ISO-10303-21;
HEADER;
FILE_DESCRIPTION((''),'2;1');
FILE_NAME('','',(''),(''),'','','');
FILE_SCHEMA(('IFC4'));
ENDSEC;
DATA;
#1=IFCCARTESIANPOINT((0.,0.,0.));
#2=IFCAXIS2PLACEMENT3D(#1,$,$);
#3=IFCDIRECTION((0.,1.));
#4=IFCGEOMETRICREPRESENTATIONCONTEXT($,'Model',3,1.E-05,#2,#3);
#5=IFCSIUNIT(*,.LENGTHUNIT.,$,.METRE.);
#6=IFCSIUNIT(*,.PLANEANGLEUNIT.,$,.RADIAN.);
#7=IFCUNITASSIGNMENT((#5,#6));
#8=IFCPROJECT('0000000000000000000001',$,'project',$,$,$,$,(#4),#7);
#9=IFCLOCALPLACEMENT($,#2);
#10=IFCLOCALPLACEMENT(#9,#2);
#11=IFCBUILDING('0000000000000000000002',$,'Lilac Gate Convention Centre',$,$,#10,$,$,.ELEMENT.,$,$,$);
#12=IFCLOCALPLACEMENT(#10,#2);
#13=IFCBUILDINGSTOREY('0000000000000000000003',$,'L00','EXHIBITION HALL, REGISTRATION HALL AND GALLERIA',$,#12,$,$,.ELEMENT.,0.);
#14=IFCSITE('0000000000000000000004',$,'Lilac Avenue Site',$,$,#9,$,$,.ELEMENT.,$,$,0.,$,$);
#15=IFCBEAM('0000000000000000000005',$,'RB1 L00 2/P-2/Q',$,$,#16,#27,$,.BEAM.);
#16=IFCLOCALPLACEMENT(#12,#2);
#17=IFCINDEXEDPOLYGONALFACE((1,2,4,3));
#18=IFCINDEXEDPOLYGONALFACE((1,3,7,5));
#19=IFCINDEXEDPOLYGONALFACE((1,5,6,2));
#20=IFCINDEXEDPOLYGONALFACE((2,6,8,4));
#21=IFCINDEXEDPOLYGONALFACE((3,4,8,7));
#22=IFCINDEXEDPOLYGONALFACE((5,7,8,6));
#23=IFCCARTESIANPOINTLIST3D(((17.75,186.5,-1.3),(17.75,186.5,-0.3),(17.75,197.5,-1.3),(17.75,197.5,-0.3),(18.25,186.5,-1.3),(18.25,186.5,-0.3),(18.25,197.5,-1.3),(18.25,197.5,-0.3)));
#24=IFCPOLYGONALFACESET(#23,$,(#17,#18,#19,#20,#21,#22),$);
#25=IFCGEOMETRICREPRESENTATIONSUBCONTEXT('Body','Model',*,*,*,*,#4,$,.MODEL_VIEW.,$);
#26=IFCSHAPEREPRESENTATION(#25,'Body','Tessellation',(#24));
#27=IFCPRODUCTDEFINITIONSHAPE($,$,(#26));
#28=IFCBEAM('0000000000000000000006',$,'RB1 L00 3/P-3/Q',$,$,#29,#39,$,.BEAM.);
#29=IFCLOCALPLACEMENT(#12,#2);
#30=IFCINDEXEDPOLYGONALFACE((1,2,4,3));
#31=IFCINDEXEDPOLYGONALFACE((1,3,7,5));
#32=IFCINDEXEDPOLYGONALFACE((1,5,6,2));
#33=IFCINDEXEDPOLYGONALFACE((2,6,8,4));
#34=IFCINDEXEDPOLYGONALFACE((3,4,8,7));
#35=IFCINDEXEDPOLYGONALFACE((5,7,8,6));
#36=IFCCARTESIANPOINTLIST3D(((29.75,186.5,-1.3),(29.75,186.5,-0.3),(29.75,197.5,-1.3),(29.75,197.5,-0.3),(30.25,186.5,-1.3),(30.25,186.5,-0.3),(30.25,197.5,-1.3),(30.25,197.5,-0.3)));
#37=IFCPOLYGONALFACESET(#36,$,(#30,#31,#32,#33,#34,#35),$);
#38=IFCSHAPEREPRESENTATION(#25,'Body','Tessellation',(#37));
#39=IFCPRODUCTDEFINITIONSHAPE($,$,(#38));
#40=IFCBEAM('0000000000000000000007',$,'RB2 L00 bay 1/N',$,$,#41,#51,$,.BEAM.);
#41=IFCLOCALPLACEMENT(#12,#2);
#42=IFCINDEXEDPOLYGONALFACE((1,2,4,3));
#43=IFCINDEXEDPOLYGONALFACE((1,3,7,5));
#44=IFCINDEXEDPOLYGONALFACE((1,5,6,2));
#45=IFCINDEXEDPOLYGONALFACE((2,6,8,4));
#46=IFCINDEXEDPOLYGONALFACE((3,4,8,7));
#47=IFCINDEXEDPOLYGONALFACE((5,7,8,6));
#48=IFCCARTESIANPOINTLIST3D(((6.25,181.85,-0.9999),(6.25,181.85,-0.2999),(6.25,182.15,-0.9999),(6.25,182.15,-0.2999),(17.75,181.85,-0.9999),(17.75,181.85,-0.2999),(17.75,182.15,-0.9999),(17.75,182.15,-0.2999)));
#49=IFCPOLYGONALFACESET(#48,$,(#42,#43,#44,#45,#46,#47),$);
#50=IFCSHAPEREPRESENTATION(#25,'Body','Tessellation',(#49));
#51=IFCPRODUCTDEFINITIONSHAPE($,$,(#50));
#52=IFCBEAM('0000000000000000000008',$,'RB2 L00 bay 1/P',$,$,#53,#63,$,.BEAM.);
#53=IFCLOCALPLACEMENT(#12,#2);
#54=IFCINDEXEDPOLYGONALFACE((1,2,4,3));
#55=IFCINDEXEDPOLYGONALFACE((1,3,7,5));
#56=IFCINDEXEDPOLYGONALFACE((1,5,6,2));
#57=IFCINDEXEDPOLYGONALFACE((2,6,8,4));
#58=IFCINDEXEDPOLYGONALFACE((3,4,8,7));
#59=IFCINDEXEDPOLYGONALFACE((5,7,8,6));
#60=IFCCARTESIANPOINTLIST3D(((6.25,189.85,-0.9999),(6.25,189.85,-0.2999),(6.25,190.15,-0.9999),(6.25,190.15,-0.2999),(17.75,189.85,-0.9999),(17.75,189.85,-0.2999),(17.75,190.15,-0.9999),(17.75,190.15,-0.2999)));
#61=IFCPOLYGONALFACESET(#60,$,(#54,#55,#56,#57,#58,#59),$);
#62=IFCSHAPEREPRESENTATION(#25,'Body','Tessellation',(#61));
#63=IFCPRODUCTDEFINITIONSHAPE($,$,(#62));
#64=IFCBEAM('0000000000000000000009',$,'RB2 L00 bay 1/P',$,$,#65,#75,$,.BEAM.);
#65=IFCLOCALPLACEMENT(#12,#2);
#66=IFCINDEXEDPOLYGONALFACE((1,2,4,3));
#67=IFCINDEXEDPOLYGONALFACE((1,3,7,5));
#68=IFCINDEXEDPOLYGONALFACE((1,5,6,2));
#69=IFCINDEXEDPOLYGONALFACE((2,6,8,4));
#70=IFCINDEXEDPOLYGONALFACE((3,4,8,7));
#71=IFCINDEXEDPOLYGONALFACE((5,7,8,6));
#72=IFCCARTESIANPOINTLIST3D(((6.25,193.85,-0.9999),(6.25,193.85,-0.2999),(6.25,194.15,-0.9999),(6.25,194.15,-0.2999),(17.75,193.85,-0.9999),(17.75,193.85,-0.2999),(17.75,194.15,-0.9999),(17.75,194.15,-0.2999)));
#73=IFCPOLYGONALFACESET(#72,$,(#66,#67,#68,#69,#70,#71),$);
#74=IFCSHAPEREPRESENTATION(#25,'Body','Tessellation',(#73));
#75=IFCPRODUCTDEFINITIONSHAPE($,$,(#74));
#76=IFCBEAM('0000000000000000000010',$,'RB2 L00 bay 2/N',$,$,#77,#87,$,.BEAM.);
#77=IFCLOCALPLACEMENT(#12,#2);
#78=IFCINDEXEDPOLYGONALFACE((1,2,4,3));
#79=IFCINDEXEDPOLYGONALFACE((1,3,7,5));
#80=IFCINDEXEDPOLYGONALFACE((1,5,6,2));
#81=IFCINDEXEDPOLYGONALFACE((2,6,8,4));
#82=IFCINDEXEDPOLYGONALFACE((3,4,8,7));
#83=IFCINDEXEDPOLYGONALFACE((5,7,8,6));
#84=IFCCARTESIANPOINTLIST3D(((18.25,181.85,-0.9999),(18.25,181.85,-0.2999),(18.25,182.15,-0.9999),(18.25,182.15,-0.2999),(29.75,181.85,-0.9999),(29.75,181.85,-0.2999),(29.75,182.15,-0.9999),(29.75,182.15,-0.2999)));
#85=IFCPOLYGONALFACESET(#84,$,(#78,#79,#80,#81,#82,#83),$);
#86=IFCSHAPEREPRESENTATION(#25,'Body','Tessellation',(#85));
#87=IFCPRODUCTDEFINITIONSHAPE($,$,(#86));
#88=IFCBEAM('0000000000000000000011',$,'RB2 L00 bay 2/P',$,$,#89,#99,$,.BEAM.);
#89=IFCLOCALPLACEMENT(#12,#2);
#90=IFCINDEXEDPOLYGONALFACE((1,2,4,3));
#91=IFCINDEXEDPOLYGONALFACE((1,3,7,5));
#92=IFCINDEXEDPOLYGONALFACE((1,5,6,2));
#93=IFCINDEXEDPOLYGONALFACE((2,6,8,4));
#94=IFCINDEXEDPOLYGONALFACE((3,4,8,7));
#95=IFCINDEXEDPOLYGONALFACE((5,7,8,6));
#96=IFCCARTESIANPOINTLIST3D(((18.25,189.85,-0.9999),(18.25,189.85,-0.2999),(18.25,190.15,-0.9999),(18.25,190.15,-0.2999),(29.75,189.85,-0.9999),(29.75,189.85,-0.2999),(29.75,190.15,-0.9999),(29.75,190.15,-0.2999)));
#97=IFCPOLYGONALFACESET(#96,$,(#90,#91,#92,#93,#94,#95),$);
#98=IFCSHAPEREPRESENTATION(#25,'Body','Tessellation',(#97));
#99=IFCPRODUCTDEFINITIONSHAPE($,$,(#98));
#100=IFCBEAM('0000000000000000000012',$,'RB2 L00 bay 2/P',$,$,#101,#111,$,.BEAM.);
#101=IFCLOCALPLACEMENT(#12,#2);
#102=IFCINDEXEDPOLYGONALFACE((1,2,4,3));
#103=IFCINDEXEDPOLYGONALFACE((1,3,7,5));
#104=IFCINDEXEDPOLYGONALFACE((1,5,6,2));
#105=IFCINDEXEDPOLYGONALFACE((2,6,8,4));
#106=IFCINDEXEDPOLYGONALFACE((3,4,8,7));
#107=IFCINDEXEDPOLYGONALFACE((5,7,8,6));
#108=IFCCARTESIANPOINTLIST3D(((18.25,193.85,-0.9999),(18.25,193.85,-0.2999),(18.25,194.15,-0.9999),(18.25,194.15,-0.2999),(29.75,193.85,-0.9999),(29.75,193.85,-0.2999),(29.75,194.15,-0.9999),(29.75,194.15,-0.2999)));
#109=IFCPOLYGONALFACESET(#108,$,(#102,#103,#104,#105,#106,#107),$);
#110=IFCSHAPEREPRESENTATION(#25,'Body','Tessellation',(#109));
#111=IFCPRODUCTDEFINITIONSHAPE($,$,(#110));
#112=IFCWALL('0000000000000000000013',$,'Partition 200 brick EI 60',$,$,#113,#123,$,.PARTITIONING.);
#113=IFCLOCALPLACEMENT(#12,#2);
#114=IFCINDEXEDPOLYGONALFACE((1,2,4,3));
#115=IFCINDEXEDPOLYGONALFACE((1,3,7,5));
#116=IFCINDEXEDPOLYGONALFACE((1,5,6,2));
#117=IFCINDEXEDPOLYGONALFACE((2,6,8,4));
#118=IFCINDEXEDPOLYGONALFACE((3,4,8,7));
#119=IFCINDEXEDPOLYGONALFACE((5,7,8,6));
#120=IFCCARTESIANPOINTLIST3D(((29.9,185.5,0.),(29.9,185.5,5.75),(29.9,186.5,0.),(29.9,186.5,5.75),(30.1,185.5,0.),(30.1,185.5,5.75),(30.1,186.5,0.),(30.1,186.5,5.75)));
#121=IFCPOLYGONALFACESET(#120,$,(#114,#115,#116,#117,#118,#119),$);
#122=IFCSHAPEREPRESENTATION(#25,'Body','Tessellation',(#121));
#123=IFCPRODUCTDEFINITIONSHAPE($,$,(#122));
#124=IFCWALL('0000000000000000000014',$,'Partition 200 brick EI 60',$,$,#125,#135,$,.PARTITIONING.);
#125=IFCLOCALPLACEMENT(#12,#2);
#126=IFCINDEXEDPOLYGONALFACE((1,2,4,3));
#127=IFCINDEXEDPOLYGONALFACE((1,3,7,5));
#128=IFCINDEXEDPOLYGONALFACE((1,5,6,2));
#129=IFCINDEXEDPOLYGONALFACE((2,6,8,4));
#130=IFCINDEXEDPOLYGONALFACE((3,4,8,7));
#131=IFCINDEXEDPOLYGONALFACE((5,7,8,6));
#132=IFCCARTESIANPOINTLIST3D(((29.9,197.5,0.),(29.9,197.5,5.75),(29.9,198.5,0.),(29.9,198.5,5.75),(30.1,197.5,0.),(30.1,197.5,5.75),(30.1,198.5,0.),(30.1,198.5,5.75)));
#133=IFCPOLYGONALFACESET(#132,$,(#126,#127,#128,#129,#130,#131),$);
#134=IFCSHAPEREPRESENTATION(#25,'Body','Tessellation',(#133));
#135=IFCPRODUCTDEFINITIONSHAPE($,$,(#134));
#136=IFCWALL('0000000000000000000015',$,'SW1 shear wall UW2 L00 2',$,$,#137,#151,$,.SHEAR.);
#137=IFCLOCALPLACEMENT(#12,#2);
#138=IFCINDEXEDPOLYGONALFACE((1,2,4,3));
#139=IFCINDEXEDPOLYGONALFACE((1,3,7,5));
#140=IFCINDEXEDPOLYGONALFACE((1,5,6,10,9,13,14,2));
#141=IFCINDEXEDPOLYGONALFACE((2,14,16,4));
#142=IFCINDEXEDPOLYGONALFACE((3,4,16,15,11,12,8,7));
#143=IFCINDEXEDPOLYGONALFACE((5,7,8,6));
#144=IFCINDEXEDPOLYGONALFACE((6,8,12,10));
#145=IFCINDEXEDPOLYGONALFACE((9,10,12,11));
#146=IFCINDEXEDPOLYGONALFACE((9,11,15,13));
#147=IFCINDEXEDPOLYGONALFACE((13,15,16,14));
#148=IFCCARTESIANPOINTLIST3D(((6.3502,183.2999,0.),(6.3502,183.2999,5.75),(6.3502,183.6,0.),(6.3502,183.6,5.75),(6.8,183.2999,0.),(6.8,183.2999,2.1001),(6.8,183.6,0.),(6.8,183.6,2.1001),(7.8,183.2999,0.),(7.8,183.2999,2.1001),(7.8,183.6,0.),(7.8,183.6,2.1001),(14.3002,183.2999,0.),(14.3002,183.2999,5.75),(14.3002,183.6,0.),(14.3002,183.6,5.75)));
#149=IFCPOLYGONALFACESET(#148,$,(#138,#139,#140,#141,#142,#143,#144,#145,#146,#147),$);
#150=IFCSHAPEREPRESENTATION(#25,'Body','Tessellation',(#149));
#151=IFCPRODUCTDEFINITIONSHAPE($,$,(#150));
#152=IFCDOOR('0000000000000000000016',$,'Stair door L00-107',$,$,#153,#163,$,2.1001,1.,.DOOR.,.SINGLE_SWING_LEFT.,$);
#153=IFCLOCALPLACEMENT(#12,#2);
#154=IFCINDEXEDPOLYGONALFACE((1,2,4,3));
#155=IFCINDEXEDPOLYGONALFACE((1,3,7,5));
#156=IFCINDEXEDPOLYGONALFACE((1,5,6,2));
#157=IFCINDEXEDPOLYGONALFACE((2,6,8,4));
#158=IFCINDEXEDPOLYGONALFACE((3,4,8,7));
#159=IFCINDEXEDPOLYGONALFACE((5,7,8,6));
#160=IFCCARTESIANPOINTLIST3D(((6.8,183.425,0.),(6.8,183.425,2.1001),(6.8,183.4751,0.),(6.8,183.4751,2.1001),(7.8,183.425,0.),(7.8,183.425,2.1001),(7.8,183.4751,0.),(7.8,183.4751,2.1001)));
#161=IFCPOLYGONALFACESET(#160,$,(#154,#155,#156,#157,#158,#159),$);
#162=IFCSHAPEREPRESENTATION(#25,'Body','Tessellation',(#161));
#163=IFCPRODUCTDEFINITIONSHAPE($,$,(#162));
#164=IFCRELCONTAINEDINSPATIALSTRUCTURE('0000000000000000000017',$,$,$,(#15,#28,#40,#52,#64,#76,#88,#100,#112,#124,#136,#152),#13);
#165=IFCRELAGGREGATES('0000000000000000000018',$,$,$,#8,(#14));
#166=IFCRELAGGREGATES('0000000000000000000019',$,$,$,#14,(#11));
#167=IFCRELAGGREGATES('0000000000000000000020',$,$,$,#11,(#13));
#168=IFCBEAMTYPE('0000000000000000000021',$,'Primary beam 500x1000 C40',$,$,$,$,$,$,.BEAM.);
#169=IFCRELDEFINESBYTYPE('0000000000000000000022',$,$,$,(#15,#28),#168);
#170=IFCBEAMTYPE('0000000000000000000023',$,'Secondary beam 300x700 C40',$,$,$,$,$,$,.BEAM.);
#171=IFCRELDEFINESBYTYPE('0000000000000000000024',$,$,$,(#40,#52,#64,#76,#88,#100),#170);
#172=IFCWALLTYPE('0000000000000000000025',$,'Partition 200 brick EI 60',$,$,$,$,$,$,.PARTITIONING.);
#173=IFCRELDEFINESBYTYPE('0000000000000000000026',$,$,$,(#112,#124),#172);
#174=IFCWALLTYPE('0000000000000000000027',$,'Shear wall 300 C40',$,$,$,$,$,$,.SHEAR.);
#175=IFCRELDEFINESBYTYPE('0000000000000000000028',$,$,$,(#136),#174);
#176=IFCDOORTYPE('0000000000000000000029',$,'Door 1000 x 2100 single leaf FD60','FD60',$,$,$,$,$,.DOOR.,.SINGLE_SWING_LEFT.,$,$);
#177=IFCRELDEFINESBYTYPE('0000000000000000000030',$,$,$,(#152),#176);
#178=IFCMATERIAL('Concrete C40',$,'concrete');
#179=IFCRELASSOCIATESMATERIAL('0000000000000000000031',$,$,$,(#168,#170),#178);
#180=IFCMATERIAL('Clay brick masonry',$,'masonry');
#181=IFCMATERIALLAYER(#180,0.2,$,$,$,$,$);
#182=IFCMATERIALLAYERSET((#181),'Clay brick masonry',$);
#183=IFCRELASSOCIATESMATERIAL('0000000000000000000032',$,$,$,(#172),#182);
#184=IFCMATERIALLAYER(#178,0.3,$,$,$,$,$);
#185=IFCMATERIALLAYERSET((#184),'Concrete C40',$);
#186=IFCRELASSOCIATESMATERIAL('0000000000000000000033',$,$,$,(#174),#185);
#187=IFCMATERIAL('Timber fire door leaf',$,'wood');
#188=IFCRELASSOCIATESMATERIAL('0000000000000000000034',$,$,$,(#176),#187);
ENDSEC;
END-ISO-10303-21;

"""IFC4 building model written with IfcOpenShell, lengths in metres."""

from ifc_helpers import new_model, si_unit, direction, frame, frame_2d, origin, origin_2d, place, context, subcontext, project, spatial, rectangle, extrude, material, layer, layer_set, material_profile, profile_set, type_object, element, fill, save


model = new_model("IFC4")

# Units and contexts
model_context = context("Model", 3, precision=1e-05, world=origin(), true_north=direction((0.0, 1.0)))
body_context = subcontext(model_context, "Body", "Model", "MODEL_VIEW")
ifc_project = project(units=[si_unit("LENGTHUNIT", "METRE"), si_unit("PLANEANGLEUNIT", "RADIAN")], contexts=[model_context])

# Site, building, storey
site_placement = place(None, origin())
site = spatial("IfcSite", under=ifc_project, at=site_placement, Name="Lilac Avenue Site", CompositionType="ELEMENT", RefElevation=0.0)
building_placement = place(site_placement, origin())
building = spatial("IfcBuilding", under=site, at=building_placement, Name="Lilac Gate Convention Centre", CompositionType="ELEMENT")
storey_placement = place(building_placement, origin())
storey = spatial("IfcBuildingStorey", under=building, at=storey_placement, Name="L00", Description="EXHIBITION HALL, REGISTRATION HALL AND GALLERIA", CompositionType="ELEMENT", Elevation=0.0)

# Shared definitions
ifc_material_1 = material(Name="Concrete C40", Category="concrete")

# Beams
ifc_material_profile_1 = material_profile(ifc_material_1, rectangle(XDim=0.5, YDim=1.0, at=origin_2d()), Name="RC 500x1000")
ifc_profile_set_1 = profile_set([ifc_material_profile_1], Name="Concrete C40")
beam_type_1 = type_object("IfcBeamType", Name="Primary beam 500x1000 C40", PredefinedType="BEAM", material=ifc_profile_set_1)
for number, where, z_axis, x_axis, name in (
    (1, (18.0, 186.5, -0.8), (0.0, 1.0, 0.0), (-1.0, 0.0, 0.0), "RB1 L00 2/P-2/Q"),
    (2, (30.0, 186.5, -0.8), (0.0, 1.0, 0.0), (-1.0, 0.0, 0.0), "RB1 L00 3/P-3/Q"),
):
    element("IfcBeam", number, at=place(storey_placement, frame(where, z_axis=z_axis, x_axis=x_axis)), inside=storey, type_object=beam_type_1, Name=name, PredefinedType="BEAM", context=body_context, shape_type="SweptSolid", body=[
        extrude(rectangle(XDim=0.5, YDim=1.0, at=origin_2d()), origin(), (0.0, 0.0, 1.0), 11.0),
    ])
ifc_material_profile_2 = material_profile(ifc_material_1, rectangle(XDim=0.3, YDim=0.7, at=origin_2d()), Name="RC 300x700")
ifc_profile_set_2 = profile_set([ifc_material_profile_2], Name="Concrete C40")
beam_type_2 = type_object("IfcBeamType", Name="Secondary beam 300x700 C40", PredefinedType="BEAM", material=ifc_profile_set_2)
for number, where, z_axis, x_axis, name in (
    (3, (6.25, 182.0, -0.6499), (1.0, 0.0, 0.0), (0.0, 1.0, 0.0), "RB2 L00 bay 1/N"),
    (4, (6.25, 190.0, -0.6499), (1.0, 0.0, 0.0), (0.0, 1.0, 0.0), "RB2 L00 bay 1/P"),
    (5, (6.25, 194.0, -0.6499), (1.0, 0.0, 0.0), (0.0, 1.0, 0.0), "RB2 L00 bay 1/P"),
    (6, (18.25, 182.0, -0.6499), (1.0, 0.0, 0.0), (0.0, 1.0, 0.0), "RB2 L00 bay 2/N"),
    (7, (18.25, 190.0, -0.6499), (1.0, 0.0, 0.0), (0.0, 1.0, 0.0), "RB2 L00 bay 2/P"),
    (8, (18.25, 194.0, -0.6499), (1.0, 0.0, 0.0), (0.0, 1.0, 0.0), "RB2 L00 bay 2/P"),
):
    element("IfcBeam", number, at=place(storey_placement, frame(where, z_axis=z_axis, x_axis=x_axis)), inside=storey, type_object=beam_type_2, Name=name, PredefinedType="BEAM", context=body_context, shape_type="SweptSolid", body=[
        extrude(rectangle(XDim=0.3, YDim=0.7, at=origin_2d()), origin(), (0.0, 0.0, 1.0), 11.5),
    ])

# Walls
ifc_material_2 = material(Name="Clay brick masonry", Category="masonry")
ifc_layer_1 = layer(ifc_material_2, 0.2)
ifc_layer_set_1 = layer_set([ifc_layer_1], Name="Clay brick masonry")
wall_type_1 = type_object("IfcWallType", Name="Partition 200 brick EI 60", PredefinedType="PARTITIONING", material=ifc_layer_set_1)
for number, where, z_axis, x_axis, name in (
    (9, (30.0, 185.5, 0.0), (0.0, 0.0, 1.0), (0.0, 1.0, 0.0), "Partition 200 brick EI 60"),
    (10, (30.0, 197.5, 0.0), (0.0, 0.0, 1.0), (0.0, 1.0, 0.0), "Partition 200 brick EI 60"),
):
    element("IfcWall", number, at=place(storey_placement, frame(where, z_axis=z_axis, x_axis=x_axis)), inside=storey, type_object=wall_type_1, Name=name, PredefinedType="PARTITIONING", context=body_context, shape_type="SweptSolid", body=[
        extrude(rectangle(XDim=1.0, YDim=0.2, at=frame_2d((0.5, 0.0))), origin(), (0.0, 0.0, 1.0), 5.75),
    ])

# Wall, opening, door
ifc_layer_2 = layer(ifc_material_1, 0.3)
ifc_layer_set_2 = layer_set([ifc_layer_2], Name="Concrete C40")
wall_type_2 = type_object("IfcWallType", Name="Shear wall 300 C40", PredefinedType="SHEAR", material=ifc_layer_set_2)
wall_1_placement = place(storey_placement, frame((6.3501, 183.45, 0.0), z_axis=(0.0, 0.0, 1.0), x_axis=(1.0, 0.0, 0.0)))
wall_1 = element("IfcWall", 11, at=wall_1_placement, inside=storey, type_object=wall_type_2, Name="SW1 shear wall UW2 L00 2", PredefinedType="SHEAR", context=body_context, shape_type="SweptSolid", body=[
    extrude(rectangle(XDim=7.95, YDim=0.3, at=frame_2d((3.9751, 0.0))), origin(), (0.0, 0.0, 1.0), 5.75),
])
opening_1_placement = place(wall_1_placement, frame((0.45, 0.0, 0.0)))
opening_1 = element("IfcOpeningElement", 12, at=opening_1_placement, cuts=wall_1, PredefinedType="OPENING", context=body_context, shape_type="SweptSolid", body=[
    extrude(rectangle(XDim=1.0, YDim=2.1001, at=frame_2d((0.5, 1.05))), frame((0.0, 0.1599, 0.0), z_axis=(0.0, -1.0, 0.0), x_axis=(1.0, 0.0, 0.0)), (0.0, 0.0, 1.0), 0.3201),
])
ifc_material_3 = material(Name="Timber fire door leaf", Category="wood")
door_type_1 = type_object("IfcDoorType", Name="Door 1000 x 2100 single leaf FD60", Description="FD60", OperationType="SINGLE_SWING_LEFT", PredefinedType="DOOR", material=ifc_material_3)
door_1_placement = place(opening_1_placement, frame((1.0, 0.0, 0.0), z_axis=(0.0, 0.0, 1.0), x_axis=(-1.0, 0.0, 0.0)))
door_1 = element("IfcDoor", 13, at=door_1_placement, inside=storey, type_object=door_type_1, Name="Stair door L00-107", OperationType="SINGLE_SWING_LEFT", OverallHeight=2.1001, OverallWidth=1.0, PredefinedType="DOOR", context=body_context, shape_type="SweptSolid", body=[
    extrude(rectangle(XDim=1.0, YDim=2.1001, at=frame_2d((0.5, 1.05))), frame((0.0, 0.0249, 0.0), z_axis=(0.0, -1.0, 0.0), x_axis=(1.0, 0.0, 0.0)), (0.0, 0.0, 1.0), 0.05),
])
fill(opening_1, door_1)

save(model, "model.ifc")
